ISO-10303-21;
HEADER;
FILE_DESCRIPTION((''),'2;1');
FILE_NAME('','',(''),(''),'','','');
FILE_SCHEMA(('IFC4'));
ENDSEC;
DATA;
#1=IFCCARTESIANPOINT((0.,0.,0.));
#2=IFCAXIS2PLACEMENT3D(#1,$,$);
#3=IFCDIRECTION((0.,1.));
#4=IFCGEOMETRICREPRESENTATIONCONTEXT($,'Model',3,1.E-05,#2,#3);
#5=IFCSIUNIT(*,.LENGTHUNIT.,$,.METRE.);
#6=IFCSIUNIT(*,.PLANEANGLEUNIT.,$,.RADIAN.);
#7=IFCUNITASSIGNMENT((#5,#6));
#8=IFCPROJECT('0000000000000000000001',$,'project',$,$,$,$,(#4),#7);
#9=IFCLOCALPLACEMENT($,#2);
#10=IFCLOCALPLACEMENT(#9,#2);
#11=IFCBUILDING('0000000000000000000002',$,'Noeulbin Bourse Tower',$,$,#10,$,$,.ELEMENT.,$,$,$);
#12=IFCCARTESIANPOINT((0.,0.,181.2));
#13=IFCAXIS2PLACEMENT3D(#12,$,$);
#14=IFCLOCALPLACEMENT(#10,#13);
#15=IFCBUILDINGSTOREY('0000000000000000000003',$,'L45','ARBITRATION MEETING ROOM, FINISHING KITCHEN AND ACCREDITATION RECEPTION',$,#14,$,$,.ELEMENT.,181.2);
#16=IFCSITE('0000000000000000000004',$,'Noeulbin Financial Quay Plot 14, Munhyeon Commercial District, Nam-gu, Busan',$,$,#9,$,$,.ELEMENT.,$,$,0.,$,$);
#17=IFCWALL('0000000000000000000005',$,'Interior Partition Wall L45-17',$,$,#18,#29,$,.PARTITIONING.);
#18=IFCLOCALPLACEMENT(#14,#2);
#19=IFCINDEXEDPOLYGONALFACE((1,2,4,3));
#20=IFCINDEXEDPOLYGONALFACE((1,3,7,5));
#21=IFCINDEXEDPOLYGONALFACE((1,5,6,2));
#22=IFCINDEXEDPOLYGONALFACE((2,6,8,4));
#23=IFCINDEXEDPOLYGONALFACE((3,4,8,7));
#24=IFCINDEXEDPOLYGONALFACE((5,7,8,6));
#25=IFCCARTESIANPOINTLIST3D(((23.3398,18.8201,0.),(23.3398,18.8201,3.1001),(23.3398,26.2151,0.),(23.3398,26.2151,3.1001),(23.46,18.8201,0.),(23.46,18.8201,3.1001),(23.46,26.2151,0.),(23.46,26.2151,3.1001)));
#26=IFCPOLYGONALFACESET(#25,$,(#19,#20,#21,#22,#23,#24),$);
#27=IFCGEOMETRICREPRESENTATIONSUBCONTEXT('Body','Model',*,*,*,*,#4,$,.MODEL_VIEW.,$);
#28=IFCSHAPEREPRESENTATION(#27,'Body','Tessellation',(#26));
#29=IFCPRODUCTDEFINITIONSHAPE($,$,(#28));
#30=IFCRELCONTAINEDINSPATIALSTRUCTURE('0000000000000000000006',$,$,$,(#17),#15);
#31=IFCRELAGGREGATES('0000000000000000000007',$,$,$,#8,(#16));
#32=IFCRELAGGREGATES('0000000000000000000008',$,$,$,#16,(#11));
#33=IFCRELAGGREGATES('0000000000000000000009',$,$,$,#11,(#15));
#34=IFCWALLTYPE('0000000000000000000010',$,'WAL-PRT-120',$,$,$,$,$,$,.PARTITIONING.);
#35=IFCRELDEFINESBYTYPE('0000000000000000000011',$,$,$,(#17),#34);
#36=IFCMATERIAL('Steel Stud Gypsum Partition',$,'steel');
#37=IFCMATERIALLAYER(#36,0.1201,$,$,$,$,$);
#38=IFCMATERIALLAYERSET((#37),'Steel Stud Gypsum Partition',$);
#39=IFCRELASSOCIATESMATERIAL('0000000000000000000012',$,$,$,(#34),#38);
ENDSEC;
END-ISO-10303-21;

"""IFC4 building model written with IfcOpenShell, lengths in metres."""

from ifc_helpers import new_model, si_unit, direction, frame, frame_2d, origin, place, context, subcontext, project, spatial, rectangle, extrude, material, layer, layer_set, type_object, element, save


model = new_model("IFC4")

# Units and contexts
model_context = context("Model", 3, precision=1e-05, world=origin(), true_north=direction((0.0, 1.0)))
body_context = subcontext(model_context, "Body", "Model", "MODEL_VIEW")
ifc_project = project(units=[si_unit("LENGTHUNIT", "METRE"), si_unit("PLANEANGLEUNIT", "RADIAN")], contexts=[model_context])

# Site, building, storey
site_placement = place(None, origin())
site = spatial("IfcSite", under=ifc_project, at=site_placement, Name="Noeulbin Financial Quay Plot 14, Munhyeon Commercial District, Nam-gu, Busan", CompositionType="ELEMENT", RefElevation=0.0)
building_placement = place(site_placement, origin())
building = spatial("IfcBuilding", under=site, at=building_placement, Name="Noeulbin Bourse Tower", CompositionType="ELEMENT")
storey_placement = place(building_placement, frame((0.0, 0.0, 181.2)))
storey = spatial("IfcBuildingStorey", under=building, at=storey_placement, Name="L45", Description="ARBITRATION MEETING ROOM, FINISHING KITCHEN AND ACCREDITATION RECEPTION", CompositionType="ELEMENT", Elevation=181.2)

# Wall
ifc_material_1 = material(Name="Steel Stud Gypsum Partition", Category="steel")
ifc_layer_1 = layer(ifc_material_1, 0.1201)
ifc_layer_set_1 = layer_set([ifc_layer_1], Name="Steel Stud Gypsum Partition")
wall_type = type_object("IfcWallType", Name="WAL-PRT-120", PredefinedType="PARTITIONING", material=ifc_layer_set_1)
wall_placement = place(storey_placement, frame((23.3999, 18.8201, 0.0), z_axis=(0.0, 0.0, 1.0), x_axis=(0.0, 1.0, 0.0)))
element("IfcWall", 1, at=wall_placement, inside=storey, type_object=wall_type, Name="Interior Partition Wall L45-17", PredefinedType="PARTITIONING", context=body_context, shape_type="SweptSolid", body=[
    extrude(rectangle(XDim=7.395, YDim=0.1201, at=frame_2d((3.6975, 0.0))), origin(), (0.0, 0.0, 1.0), 3.1001),
])

save(model, "model.ifc")
